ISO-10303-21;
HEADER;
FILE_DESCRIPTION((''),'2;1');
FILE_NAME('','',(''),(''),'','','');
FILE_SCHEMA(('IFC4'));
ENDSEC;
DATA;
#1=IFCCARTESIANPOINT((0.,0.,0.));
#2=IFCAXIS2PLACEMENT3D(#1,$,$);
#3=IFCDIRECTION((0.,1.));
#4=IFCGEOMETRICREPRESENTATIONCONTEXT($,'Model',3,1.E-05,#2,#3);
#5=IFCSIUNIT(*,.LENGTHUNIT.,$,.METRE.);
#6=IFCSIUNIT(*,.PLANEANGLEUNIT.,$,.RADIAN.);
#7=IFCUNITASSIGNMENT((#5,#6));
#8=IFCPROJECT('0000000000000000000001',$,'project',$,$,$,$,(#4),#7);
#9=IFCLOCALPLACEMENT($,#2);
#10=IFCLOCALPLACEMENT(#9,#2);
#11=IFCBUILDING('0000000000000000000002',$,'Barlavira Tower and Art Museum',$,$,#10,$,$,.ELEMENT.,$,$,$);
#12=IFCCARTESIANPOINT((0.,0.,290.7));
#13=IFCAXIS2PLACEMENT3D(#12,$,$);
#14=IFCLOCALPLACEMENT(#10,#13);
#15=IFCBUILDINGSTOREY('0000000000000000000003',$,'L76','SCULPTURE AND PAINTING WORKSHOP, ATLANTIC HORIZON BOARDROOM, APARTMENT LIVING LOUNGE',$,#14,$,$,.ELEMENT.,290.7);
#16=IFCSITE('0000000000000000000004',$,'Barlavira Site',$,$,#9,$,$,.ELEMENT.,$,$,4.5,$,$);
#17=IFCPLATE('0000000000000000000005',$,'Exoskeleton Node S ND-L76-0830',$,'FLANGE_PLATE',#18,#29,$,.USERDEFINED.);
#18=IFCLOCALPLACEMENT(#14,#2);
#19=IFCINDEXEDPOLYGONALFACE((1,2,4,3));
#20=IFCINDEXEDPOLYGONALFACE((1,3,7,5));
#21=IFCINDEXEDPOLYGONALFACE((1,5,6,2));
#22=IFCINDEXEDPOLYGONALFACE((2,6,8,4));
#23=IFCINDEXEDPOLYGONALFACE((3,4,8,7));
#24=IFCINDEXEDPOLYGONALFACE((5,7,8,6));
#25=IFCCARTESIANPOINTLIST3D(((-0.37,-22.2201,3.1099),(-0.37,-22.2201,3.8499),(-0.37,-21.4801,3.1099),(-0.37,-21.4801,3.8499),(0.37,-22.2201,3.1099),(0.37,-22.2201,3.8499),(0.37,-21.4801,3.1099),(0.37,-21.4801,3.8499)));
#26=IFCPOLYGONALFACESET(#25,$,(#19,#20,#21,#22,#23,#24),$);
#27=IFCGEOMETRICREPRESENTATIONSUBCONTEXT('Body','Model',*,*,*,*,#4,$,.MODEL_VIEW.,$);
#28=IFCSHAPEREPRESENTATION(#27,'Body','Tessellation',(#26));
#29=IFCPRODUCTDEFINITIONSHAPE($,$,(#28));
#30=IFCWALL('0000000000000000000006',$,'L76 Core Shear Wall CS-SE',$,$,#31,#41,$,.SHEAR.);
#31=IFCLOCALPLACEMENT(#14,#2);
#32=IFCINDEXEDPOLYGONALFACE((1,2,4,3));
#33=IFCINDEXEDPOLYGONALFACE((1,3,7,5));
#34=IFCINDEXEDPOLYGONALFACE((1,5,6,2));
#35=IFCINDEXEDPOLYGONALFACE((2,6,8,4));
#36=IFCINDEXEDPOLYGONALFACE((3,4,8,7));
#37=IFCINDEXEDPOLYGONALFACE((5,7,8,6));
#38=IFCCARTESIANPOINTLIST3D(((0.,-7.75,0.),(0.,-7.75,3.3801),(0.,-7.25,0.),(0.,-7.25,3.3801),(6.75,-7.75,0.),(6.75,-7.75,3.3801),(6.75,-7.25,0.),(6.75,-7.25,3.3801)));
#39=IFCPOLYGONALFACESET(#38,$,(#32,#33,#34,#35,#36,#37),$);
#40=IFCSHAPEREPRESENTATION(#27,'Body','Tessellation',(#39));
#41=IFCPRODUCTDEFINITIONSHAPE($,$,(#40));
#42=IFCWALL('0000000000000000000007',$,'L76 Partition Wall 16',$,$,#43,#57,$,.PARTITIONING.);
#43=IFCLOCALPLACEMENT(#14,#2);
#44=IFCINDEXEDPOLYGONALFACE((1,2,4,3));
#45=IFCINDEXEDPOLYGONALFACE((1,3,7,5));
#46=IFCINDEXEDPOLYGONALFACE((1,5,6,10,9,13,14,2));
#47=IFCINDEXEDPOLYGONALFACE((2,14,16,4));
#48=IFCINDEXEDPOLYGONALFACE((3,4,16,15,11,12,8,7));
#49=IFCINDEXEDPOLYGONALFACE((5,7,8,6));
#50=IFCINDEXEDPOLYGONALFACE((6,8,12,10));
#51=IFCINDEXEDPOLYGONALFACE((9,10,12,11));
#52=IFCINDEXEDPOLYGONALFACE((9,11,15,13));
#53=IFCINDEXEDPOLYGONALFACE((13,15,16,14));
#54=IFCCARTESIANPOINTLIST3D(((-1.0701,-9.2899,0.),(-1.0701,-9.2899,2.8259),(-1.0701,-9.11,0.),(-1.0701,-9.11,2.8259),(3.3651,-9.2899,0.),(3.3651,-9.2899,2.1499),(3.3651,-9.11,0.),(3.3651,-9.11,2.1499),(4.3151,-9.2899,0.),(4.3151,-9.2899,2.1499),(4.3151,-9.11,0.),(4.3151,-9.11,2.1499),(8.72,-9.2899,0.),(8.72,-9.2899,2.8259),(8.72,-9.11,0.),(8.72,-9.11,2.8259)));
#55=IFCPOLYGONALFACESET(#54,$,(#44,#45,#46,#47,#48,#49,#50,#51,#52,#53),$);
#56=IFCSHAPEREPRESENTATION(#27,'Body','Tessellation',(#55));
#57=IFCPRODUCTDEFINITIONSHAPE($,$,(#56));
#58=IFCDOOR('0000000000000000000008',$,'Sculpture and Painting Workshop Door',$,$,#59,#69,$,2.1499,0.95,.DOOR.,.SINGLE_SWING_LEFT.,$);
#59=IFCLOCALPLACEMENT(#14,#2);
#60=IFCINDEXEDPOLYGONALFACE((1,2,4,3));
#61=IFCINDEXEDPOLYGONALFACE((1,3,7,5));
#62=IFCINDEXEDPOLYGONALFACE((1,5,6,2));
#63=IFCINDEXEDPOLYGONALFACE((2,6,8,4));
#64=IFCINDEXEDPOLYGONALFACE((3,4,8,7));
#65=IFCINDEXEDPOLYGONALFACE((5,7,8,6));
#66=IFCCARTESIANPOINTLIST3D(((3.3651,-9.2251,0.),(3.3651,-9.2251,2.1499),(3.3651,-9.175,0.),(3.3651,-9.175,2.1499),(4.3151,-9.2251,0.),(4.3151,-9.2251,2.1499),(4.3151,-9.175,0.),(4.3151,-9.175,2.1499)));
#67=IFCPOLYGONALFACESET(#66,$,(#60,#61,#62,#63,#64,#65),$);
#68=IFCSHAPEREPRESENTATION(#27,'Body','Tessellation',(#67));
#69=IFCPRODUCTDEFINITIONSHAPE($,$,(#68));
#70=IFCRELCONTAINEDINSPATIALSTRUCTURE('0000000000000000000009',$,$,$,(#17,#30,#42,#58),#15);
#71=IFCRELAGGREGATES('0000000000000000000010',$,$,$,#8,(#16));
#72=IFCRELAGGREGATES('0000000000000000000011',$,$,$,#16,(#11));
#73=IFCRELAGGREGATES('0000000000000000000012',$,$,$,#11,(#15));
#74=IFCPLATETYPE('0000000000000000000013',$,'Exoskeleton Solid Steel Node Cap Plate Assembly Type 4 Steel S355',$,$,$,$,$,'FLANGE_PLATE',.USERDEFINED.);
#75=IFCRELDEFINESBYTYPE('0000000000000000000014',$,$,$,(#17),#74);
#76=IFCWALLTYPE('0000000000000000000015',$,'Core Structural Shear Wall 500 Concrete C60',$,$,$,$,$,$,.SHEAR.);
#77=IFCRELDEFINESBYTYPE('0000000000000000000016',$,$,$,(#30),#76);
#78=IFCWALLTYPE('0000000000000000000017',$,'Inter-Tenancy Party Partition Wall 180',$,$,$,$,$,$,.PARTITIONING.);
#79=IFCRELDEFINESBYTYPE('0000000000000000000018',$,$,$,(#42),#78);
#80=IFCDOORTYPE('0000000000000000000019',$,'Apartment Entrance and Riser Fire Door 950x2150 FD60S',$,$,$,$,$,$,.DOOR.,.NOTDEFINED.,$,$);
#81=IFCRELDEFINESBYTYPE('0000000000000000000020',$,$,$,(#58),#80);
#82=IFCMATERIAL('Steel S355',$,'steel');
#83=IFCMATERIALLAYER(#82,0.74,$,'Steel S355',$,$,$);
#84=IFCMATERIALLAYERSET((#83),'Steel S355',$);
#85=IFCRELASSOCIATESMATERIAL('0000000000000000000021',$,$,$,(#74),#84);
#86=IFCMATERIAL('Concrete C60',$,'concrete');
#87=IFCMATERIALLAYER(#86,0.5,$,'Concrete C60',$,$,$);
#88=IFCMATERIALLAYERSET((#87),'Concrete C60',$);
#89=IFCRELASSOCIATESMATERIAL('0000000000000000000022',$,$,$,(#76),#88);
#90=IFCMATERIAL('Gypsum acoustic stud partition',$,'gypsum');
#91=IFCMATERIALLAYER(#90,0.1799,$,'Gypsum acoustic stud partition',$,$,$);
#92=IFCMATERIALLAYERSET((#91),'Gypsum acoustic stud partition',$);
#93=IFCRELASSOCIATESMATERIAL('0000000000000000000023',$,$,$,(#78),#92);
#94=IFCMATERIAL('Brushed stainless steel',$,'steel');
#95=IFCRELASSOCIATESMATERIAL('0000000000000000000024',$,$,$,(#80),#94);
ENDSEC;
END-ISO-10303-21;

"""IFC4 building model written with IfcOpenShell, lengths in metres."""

from ifc_helpers import new_model, si_unit, direction, frame, frame_2d, origin, origin_2d, place, context, subcontext, project, spatial, rectangle, extrude, material, layer, layer_set, type_object, element, fill, save


model = new_model("IFC4")

# Units and contexts
model_context = context("Model", 3, precision=1e-05, world=origin(), true_north=direction((0.0, 1.0)))
body_context = subcontext(model_context, "Body", "Model", "MODEL_VIEW")
ifc_project = project(units=[si_unit("LENGTHUNIT", "METRE"), si_unit("PLANEANGLEUNIT", "RADIAN")], contexts=[model_context])

# Site, building, storey
site_placement = place(None, origin())
site = spatial("IfcSite", under=ifc_project, at=site_placement, Name="Barlavira Site", CompositionType="ELEMENT", RefElevation=4.5)
building_placement = place(site_placement, origin())
building = spatial("IfcBuilding", under=site, at=building_placement, Name="Barlavira Tower and Art Museum", CompositionType="ELEMENT")
storey_placement = place(building_placement, frame((0.0, 0.0, 290.7)))
storey = spatial("IfcBuildingStorey", under=building, at=storey_placement, Name="L76", Description="SCULPTURE AND PAINTING WORKSHOP, ATLANTIC HORIZON BOARDROOM, APARTMENT LIVING LOUNGE", CompositionType="ELEMENT", Elevation=290.7)

# Shared definitions
ifc_material_1 = material(Name="Steel S355", Category="steel")

# Plate
ifc_layer_1 = layer(ifc_material_1, 0.74, Name="Steel S355")
ifc_layer_set_1 = layer_set([ifc_layer_1], Name="Steel S355")
plate_type_1 = type_object("IfcPlateType", Name="Exoskeleton Solid Steel Node Cap Plate Assembly Type 4 Steel S355", ElementType="FLANGE_PLATE", PredefinedType="USERDEFINED", material=ifc_layer_set_1)
plate_1_placement = place(storey_placement, frame((0.0, -21.8501, 3.1099), z_axis=(0.0, 0.0, 1.0), x_axis=(1.0, 0.0, 0.0)))
element("IfcPlate", 1, at=plate_1_placement, inside=storey, type_object=plate_type_1, Name="Exoskeleton Node S ND-L76-0830", ObjectType="FLANGE_PLATE", PredefinedType="USERDEFINED", context=body_context, shape_type="SweptSolid", body=[
    extrude(rectangle(XDim=0.74, YDim=0.74, at=origin_2d()), origin(), (0.0, 0.0, 1.0), 0.74),
])

# Wall
ifc_material_2 = material(Name="Concrete C60", Category="concrete")
ifc_layer_2 = layer(ifc_material_2, 0.5, Name="Concrete C60")
ifc_layer_set_2 = layer_set([ifc_layer_2], Name="Concrete C60")
wall_type_1 = type_object("IfcWallType", Name="Core Structural Shear Wall 500 Concrete C60", PredefinedType="SHEAR", material=ifc_layer_set_2)
wall_1_placement = place(storey_placement, frame((0.0, -7.5, 0.0), z_axis=(0.0, 0.0, 1.0), x_axis=(1.0, 0.0, 0.0)))
element("IfcWall", 2, at=wall_1_placement, inside=storey, type_object=wall_type_1, Name="L76 Core Shear Wall CS-SE", PredefinedType="SHEAR", context=body_context, shape_type="SweptSolid", body=[
    extrude(rectangle(XDim=6.75, YDim=0.5, at=frame_2d((3.375, 0.0))), origin(), (0.0, 0.0, 1.0), 3.3801),
])

# Wall, opening, door
ifc_material_3 = material(Name="Gypsum acoustic stud partition", Category="gypsum")
ifc_layer_3 = layer(ifc_material_3, 0.1799, Name="Gypsum acoustic stud partition")
ifc_layer_set_3 = layer_set([ifc_layer_3], Name="Gypsum acoustic stud partition")
wall_type_2 = type_object("IfcWallType", Name="Inter-Tenancy Party Partition Wall 180", PredefinedType="PARTITIONING", material=ifc_layer_set_3)
wall_2_placement = place(storey_placement, frame((-1.0701, -9.2, 0.0), z_axis=(0.0, 0.0, 1.0), x_axis=(1.0, 0.0, 0.0)))
wall_2 = element("IfcWall", 3, at=wall_2_placement, inside=storey, type_object=wall_type_2, Name="L76 Partition Wall 16", PredefinedType="PARTITIONING", context=body_context, shape_type="SweptSolid", body=[
    extrude(rectangle(XDim=9.79, YDim=0.1799, at=frame_2d((4.895, 0.0))), origin(), (0.0, 0.0, 1.0), 2.8259),
])
opening_placement = place(wall_2_placement, frame((4.4351, 0.0, 0.0)))
opening = element("IfcOpeningElement", 4, at=opening_placement, cuts=wall_2, PredefinedType="OPENING", context=body_context, shape_type="SweptSolid", body=[
    extrude(rectangle(XDim=0.95, YDim=2.1499, at=frame_2d((0.4751, 1.075))), frame((0.0, 0.1001, 0.0), z_axis=(0.0, -1.0, 0.0), x_axis=(1.0, 0.0, 0.0)), (0.0, 0.0, 1.0), 0.2),
])
ifc_material_4 = material(Name="Brushed stainless steel", Category="steel")
door_type = type_object("IfcDoorType", Name="Apartment Entrance and Riser Fire Door 950x2150 FD60S", OperationType="NOTDEFINED", PredefinedType="DOOR", material=ifc_material_4)
door_placement = place(opening_placement, origin())
door = element("IfcDoor", 5, at=door_placement, inside=storey, type_object=door_type, Name="Sculpture and Painting Workshop Door", OperationType="SINGLE_SWING_LEFT", OverallHeight=2.1499, OverallWidth=0.95, PredefinedType="DOOR", context=body_context, shape_type="SweptSolid", body=[
    extrude(rectangle(XDim=0.95, YDim=2.1499, at=frame_2d((0.4751, 1.075))), frame((0.0, 0.0249, 0.0), z_axis=(0.0, -1.0, 0.0), x_axis=(1.0, 0.0, 0.0)), (0.0, 0.0, 1.0), 0.05),
])
fill(opening, door)

save(model, "model.ifc")
